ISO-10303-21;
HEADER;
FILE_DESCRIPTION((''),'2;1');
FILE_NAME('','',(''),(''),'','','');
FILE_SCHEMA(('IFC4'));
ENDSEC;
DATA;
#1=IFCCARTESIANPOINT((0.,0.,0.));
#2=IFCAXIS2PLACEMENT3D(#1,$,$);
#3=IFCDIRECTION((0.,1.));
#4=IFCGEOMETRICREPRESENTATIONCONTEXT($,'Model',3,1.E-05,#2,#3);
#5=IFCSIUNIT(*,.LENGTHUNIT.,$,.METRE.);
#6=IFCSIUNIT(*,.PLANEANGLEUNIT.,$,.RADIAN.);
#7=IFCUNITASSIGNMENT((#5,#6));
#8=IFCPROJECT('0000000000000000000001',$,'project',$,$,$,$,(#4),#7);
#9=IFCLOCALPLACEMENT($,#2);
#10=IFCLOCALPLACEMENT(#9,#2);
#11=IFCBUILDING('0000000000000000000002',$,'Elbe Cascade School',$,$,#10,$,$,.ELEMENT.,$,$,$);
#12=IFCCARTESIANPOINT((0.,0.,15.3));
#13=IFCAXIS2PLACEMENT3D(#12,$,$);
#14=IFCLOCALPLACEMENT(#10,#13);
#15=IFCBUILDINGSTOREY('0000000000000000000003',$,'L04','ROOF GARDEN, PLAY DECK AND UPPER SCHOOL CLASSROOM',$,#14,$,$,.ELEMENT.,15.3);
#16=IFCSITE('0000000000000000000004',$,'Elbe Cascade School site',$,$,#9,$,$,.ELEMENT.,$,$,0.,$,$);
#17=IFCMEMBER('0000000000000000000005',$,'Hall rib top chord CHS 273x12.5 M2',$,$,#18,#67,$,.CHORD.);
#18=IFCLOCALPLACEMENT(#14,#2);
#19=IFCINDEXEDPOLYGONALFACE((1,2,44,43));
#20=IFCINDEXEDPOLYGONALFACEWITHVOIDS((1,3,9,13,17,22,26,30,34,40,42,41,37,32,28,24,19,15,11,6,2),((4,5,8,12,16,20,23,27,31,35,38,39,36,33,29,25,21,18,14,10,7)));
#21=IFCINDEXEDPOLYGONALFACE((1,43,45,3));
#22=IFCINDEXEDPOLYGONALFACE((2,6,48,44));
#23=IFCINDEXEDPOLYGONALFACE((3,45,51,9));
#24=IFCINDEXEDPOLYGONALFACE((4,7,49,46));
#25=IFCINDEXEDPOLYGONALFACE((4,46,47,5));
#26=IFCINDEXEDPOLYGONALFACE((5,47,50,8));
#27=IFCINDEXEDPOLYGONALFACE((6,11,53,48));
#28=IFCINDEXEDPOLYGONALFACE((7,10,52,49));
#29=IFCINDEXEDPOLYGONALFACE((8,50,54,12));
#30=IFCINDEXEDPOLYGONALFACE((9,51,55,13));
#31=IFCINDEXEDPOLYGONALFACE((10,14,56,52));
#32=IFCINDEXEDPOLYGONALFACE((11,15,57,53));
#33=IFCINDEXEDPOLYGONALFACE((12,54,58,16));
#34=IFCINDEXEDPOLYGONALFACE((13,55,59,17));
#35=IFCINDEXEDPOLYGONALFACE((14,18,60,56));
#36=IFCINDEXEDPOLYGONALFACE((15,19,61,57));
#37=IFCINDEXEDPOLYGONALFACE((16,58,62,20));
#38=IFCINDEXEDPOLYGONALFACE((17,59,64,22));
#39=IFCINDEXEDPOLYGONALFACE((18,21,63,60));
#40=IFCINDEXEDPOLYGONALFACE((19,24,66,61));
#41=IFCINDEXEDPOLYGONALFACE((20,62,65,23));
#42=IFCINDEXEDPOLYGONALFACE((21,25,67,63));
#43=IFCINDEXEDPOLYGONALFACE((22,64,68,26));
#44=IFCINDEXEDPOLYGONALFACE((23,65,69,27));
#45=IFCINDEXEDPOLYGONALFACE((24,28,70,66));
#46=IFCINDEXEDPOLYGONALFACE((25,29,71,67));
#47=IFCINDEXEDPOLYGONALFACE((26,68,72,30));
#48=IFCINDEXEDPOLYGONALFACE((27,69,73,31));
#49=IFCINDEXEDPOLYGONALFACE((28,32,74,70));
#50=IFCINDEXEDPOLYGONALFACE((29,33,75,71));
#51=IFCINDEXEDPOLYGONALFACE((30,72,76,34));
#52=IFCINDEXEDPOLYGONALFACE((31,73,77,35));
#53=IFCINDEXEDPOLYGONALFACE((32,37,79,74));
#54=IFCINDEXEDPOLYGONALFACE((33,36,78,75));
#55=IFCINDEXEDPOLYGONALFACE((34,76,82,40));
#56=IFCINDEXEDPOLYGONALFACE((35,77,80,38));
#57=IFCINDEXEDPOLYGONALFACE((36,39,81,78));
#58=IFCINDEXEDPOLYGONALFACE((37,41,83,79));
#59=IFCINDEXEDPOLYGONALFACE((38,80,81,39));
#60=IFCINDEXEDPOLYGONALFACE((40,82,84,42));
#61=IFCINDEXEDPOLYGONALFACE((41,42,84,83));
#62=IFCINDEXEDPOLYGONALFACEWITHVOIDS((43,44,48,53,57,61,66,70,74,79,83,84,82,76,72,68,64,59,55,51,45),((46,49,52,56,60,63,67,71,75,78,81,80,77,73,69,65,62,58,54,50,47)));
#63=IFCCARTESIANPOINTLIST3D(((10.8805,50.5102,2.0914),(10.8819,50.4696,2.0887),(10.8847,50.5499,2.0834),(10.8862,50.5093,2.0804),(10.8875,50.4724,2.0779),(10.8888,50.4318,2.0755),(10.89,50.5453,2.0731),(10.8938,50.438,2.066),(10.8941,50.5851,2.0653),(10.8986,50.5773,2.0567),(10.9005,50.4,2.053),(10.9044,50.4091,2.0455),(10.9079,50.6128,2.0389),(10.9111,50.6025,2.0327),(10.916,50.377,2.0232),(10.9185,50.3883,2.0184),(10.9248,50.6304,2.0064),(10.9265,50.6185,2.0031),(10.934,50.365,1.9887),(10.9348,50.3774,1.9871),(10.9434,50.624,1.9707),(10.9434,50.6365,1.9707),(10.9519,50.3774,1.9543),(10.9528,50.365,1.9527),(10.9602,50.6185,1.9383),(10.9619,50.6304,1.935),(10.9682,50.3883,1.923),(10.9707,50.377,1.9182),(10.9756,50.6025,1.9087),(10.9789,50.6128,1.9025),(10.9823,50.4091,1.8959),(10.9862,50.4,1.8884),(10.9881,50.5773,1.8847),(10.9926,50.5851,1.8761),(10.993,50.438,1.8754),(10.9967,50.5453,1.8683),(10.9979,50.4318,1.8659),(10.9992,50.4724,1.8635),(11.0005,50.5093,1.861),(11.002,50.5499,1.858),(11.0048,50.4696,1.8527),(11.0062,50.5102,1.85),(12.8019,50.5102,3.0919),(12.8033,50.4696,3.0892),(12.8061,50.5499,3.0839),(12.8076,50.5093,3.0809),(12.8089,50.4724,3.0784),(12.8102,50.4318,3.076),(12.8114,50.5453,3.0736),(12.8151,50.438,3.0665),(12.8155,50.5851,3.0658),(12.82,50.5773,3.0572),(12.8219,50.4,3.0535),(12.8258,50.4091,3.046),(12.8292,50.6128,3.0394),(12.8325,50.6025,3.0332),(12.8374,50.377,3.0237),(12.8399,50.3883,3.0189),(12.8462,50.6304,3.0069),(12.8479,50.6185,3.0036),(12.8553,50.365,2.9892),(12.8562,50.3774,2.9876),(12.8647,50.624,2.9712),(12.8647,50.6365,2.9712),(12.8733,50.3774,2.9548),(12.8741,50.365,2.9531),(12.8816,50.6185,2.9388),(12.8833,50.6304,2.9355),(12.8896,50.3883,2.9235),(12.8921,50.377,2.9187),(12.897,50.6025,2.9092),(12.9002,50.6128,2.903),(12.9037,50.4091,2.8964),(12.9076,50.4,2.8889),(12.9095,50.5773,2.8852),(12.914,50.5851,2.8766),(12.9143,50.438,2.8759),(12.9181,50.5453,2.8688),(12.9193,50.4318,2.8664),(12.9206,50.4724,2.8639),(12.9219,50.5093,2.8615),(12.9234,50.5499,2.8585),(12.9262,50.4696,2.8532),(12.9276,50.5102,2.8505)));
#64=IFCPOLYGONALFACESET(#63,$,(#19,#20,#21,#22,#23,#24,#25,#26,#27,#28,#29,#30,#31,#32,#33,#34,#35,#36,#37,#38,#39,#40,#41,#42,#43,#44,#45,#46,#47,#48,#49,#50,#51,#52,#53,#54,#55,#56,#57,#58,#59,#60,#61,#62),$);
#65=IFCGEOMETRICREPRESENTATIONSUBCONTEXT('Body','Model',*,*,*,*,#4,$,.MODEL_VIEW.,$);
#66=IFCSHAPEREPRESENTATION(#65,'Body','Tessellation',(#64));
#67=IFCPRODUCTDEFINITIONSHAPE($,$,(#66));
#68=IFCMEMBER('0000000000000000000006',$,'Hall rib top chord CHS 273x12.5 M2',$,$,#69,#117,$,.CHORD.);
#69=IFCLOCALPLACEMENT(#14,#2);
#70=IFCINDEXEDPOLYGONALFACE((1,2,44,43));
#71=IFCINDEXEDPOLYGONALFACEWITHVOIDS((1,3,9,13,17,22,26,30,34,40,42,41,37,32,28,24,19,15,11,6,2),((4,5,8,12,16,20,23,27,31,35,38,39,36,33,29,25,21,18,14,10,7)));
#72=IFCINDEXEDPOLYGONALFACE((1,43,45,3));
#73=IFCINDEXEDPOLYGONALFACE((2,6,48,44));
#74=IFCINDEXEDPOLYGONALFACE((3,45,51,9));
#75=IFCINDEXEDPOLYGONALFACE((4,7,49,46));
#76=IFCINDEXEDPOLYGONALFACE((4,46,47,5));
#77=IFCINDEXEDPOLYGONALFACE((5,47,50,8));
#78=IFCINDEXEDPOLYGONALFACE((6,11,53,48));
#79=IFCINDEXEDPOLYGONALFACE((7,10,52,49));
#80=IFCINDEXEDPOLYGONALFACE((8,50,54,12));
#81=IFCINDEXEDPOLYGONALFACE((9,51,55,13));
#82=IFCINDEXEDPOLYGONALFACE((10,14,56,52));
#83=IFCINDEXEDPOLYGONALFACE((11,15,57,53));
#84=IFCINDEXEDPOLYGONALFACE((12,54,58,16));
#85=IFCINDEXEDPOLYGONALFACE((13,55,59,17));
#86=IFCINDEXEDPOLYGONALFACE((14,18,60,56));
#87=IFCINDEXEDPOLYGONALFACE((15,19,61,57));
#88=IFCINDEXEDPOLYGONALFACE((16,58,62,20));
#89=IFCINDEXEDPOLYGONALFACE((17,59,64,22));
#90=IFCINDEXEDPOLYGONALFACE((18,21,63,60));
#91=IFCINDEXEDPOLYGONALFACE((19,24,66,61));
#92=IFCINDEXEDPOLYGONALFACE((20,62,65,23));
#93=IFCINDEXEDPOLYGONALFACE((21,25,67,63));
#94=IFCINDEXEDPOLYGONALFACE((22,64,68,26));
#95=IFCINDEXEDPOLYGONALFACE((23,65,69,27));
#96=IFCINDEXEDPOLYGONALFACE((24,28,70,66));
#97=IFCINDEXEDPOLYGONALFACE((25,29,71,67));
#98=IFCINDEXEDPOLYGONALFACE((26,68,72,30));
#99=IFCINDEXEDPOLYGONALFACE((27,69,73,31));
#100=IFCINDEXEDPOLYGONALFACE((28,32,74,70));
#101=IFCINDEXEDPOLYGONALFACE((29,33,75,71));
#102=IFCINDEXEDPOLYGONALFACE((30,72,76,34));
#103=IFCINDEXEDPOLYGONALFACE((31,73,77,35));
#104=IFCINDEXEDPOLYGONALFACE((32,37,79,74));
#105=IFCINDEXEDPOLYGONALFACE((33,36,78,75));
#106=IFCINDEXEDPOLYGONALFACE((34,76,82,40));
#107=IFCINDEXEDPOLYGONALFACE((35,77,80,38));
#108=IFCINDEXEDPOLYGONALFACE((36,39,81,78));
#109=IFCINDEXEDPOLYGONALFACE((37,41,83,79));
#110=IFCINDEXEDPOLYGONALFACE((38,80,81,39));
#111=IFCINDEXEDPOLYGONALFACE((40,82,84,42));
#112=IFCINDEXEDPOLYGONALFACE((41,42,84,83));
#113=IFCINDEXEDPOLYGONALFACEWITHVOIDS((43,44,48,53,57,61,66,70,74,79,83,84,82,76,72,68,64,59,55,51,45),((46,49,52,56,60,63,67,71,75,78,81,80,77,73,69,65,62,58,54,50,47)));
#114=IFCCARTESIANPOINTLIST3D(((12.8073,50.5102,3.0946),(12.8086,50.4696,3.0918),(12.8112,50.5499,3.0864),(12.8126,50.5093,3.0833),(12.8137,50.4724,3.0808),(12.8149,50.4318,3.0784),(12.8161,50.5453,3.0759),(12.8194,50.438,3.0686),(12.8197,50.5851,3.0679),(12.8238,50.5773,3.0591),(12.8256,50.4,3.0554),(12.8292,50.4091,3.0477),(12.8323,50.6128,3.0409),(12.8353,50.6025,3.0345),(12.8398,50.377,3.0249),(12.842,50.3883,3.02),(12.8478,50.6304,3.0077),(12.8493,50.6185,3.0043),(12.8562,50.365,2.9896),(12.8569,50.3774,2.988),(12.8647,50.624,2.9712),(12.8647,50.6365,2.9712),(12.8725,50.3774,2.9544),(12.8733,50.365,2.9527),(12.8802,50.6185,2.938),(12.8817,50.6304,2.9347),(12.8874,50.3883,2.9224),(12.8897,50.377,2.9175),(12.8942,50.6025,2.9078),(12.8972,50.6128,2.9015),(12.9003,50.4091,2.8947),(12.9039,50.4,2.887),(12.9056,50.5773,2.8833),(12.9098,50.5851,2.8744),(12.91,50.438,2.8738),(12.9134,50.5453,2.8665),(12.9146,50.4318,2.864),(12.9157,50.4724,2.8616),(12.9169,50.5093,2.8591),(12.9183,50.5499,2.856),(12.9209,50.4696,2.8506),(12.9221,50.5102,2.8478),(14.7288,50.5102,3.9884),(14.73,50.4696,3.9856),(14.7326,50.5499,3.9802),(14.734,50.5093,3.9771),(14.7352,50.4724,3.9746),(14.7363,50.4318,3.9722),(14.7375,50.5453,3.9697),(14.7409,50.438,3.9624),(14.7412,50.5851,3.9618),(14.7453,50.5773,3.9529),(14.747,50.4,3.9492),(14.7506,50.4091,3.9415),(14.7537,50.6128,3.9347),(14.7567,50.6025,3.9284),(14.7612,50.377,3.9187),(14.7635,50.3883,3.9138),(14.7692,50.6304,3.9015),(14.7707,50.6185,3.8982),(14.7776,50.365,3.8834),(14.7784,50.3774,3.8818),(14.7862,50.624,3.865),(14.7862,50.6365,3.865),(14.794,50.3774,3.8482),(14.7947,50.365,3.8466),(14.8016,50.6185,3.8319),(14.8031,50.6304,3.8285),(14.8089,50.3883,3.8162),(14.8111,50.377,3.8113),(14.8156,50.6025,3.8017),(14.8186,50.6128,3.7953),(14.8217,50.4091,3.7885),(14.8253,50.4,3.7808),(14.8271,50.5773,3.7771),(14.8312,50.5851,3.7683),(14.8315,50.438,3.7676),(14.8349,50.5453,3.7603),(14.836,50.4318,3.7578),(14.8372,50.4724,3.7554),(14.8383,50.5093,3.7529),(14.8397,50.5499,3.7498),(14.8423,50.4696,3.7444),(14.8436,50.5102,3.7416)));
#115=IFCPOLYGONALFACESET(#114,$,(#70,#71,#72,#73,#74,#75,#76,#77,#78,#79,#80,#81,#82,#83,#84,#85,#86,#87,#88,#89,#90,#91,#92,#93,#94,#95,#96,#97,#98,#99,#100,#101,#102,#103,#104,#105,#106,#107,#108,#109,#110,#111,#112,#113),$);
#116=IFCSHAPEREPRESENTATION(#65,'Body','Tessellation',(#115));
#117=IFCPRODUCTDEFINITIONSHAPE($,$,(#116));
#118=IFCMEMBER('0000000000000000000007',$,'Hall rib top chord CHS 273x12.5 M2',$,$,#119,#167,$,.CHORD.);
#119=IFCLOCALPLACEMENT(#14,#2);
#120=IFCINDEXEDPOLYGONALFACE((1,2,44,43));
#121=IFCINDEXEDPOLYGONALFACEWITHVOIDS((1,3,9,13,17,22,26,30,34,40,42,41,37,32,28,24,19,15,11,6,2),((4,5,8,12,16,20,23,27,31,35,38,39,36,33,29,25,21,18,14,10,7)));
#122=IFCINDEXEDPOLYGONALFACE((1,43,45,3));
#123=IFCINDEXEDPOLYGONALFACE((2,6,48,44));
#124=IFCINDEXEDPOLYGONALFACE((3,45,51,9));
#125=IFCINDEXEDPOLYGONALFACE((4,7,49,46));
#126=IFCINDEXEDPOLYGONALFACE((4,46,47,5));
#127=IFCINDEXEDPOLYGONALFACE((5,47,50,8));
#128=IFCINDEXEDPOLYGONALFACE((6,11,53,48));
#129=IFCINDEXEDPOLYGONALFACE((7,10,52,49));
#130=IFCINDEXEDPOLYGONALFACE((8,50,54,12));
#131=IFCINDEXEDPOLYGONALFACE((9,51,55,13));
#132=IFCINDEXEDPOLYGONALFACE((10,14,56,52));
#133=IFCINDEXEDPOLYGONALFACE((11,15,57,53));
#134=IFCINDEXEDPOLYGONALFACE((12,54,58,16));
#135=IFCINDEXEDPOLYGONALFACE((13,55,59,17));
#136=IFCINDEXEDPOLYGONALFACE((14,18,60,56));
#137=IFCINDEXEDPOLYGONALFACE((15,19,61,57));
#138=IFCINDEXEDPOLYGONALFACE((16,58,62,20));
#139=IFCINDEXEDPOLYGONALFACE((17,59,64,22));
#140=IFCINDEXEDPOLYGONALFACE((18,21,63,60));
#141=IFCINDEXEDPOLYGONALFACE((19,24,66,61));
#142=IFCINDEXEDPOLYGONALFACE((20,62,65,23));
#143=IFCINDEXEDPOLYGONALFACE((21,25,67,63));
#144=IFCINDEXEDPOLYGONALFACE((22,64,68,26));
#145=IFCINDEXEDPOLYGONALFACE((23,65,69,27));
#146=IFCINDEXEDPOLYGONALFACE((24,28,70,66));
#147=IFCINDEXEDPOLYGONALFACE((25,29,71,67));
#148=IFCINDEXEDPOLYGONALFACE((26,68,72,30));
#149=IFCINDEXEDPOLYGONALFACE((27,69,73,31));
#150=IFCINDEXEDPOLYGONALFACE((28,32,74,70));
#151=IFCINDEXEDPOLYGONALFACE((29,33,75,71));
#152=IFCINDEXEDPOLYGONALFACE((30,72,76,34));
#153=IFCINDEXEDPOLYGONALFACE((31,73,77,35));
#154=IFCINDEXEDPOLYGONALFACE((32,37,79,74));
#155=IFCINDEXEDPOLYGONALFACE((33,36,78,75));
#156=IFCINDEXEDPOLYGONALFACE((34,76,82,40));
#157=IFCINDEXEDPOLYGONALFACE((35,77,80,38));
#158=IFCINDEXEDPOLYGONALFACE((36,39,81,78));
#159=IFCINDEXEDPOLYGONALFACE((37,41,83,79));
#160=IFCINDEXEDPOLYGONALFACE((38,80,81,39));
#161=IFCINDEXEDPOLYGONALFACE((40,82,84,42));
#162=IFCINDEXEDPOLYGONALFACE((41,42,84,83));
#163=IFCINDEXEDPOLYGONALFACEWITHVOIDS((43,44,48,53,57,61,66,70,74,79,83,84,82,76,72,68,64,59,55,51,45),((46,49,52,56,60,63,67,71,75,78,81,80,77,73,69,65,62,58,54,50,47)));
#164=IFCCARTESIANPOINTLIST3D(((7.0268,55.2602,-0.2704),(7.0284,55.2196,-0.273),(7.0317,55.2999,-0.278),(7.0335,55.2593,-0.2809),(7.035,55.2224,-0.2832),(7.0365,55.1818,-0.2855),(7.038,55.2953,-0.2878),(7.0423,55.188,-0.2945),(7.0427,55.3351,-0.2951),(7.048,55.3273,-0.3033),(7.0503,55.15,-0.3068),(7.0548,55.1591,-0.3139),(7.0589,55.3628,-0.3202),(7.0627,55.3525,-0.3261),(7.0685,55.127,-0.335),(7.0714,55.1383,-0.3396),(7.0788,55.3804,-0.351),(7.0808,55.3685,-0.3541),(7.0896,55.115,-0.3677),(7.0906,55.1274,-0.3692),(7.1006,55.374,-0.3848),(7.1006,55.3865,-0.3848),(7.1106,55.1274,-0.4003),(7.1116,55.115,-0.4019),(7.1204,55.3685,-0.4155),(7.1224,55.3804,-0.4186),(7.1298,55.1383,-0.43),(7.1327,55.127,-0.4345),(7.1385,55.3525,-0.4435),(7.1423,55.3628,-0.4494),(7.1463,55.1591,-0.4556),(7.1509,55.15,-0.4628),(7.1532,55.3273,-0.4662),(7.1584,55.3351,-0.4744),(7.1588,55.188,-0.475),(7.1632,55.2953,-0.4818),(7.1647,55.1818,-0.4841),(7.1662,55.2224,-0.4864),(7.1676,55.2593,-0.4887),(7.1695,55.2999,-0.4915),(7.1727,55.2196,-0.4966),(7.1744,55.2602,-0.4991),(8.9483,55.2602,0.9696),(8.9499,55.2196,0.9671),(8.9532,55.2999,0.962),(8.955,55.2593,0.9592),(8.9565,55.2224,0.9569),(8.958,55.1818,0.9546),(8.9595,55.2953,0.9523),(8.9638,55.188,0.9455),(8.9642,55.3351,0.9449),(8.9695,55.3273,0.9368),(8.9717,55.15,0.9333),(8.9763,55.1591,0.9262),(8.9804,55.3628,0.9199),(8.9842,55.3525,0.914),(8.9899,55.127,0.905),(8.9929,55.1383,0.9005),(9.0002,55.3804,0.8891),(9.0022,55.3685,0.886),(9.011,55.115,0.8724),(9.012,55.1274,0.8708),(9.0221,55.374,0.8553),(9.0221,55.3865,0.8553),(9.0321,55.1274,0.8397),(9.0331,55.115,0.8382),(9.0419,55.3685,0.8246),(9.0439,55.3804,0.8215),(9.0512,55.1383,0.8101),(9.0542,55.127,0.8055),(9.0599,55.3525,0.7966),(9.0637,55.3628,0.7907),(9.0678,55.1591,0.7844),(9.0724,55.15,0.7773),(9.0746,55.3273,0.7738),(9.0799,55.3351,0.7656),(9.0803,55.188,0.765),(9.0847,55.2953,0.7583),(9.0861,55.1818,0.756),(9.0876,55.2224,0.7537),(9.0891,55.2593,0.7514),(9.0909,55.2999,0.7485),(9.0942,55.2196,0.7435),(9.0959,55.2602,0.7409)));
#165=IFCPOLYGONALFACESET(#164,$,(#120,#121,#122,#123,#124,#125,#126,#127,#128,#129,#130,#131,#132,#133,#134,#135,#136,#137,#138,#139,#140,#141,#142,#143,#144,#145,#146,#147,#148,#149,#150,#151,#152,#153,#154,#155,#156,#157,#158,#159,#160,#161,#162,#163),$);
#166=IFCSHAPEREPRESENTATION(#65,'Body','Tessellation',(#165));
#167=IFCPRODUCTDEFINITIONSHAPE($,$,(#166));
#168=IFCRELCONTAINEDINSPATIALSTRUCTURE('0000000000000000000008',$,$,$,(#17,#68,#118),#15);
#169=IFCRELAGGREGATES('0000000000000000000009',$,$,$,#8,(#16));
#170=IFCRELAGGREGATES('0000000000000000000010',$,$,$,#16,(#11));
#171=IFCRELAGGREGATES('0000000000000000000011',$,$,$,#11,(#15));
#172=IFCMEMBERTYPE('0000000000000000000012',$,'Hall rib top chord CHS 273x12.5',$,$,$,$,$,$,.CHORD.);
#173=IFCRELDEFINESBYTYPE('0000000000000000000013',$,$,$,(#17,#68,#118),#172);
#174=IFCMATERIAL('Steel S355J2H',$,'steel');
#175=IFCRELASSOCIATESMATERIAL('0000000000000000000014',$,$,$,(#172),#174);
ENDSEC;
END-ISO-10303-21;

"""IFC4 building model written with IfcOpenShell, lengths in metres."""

from ifc_helpers import new_model, si_unit, direction, frame, origin, origin_2d, place, context, subcontext, project, spatial, hollow_circle, extrude, material, material_profile, profile_set, type_object, element, save


model = new_model("IFC4")

# Units and contexts
model_context = context("Model", 3, precision=1e-05, world=origin(), true_north=direction((0.0, 1.0)))
body_context = subcontext(model_context, "Body", "Model", "MODEL_VIEW")
ifc_project = project(units=[si_unit("LENGTHUNIT", "METRE"), si_unit("PLANEANGLEUNIT", "RADIAN")], contexts=[model_context])

# Site, building, storey
site_placement = place(None, origin())
site = spatial("IfcSite", under=ifc_project, at=site_placement, Name="Elbe Cascade School site", CompositionType="ELEMENT", RefElevation=0.0)
building_placement = place(site_placement, origin())
building = spatial("IfcBuilding", under=site, at=building_placement, Name="Elbe Cascade School", CompositionType="ELEMENT")
storey_placement = place(building_placement, frame((0.0, 0.0, 15.3)))
storey = spatial("IfcBuildingStorey", under=building, at=storey_placement, Name="L04", Description="ROOF GARDEN, PLAY DECK AND UPPER SCHOOL CLASSROOM", CompositionType="ELEMENT", Elevation=15.3)

# Members
ifc_material_1 = material(Name="Steel S355J2H", Category="steel")
ifc_material_profile_1 = material_profile(ifc_material_1, hollow_circle(Radius=0.1365, WallThickness=0.0125, at=origin_2d()), Name="CHS 273x12.5")
ifc_profile_set_1 = profile_set([ifc_material_profile_1], Name="Steel S355J2H")
member_type_1 = type_object("IfcMemberType", Name="Hall rib top chord CHS 273x12.5", PredefinedType="CHORD", material=ifc_profile_set_1)
member_1_placement = place(storey_placement, frame((10.9434, 50.5, 1.9707), z_axis=(0.886958, 0.0, 0.461849), x_axis=(0.0, 1.0, 0.0)))
element("IfcMember", 1, at=member_1_placement, inside=storey, type_object=member_type_1, Name="Hall rib top chord CHS 273x12.5 M2", PredefinedType="CHORD", context=body_context, shape_type="SweptSolid", body=[
    extrude(hollow_circle(Radius=0.1365, WallThickness=0.0125, at=origin_2d()), origin(), (0.0, 0.0, 1.0), 2.1663),
])
member_2_placement = place(storey_placement, frame((12.8647, 50.5, 2.9712), z_axis=(0.906698, 0.0, 0.421781), x_axis=(0.0, 1.0, 0.0)))
element("IfcMember", 2, at=member_2_placement, inside=storey, type_object=member_type_1, Name="Hall rib top chord CHS 273x12.5 M2", PredefinedType="CHORD", context=body_context, shape_type="SweptSolid", body=[
    extrude(hollow_circle(Radius=0.1365, WallThickness=0.0125, at=origin_2d()), origin(), (0.0, 0.0, 1.0), 2.1191),
])
member_3_placement = place(storey_placement, frame((7.1006, 55.25, -0.3848), z_axis=(0.84022, 0.0, 0.542246), x_axis=(0.0, 1.0, 0.0)))
element("IfcMember", 3, at=member_3_placement, inside=storey, type_object=member_type_1, Name="Hall rib top chord CHS 273x12.5 M2", PredefinedType="CHORD", context=body_context, shape_type="SweptSolid", body=[
    extrude(hollow_circle(Radius=0.1365, WallThickness=0.0125, at=origin_2d()), origin(), (0.0, 0.0, 1.0), 2.2869),
])

save(model, "model.ifc")
